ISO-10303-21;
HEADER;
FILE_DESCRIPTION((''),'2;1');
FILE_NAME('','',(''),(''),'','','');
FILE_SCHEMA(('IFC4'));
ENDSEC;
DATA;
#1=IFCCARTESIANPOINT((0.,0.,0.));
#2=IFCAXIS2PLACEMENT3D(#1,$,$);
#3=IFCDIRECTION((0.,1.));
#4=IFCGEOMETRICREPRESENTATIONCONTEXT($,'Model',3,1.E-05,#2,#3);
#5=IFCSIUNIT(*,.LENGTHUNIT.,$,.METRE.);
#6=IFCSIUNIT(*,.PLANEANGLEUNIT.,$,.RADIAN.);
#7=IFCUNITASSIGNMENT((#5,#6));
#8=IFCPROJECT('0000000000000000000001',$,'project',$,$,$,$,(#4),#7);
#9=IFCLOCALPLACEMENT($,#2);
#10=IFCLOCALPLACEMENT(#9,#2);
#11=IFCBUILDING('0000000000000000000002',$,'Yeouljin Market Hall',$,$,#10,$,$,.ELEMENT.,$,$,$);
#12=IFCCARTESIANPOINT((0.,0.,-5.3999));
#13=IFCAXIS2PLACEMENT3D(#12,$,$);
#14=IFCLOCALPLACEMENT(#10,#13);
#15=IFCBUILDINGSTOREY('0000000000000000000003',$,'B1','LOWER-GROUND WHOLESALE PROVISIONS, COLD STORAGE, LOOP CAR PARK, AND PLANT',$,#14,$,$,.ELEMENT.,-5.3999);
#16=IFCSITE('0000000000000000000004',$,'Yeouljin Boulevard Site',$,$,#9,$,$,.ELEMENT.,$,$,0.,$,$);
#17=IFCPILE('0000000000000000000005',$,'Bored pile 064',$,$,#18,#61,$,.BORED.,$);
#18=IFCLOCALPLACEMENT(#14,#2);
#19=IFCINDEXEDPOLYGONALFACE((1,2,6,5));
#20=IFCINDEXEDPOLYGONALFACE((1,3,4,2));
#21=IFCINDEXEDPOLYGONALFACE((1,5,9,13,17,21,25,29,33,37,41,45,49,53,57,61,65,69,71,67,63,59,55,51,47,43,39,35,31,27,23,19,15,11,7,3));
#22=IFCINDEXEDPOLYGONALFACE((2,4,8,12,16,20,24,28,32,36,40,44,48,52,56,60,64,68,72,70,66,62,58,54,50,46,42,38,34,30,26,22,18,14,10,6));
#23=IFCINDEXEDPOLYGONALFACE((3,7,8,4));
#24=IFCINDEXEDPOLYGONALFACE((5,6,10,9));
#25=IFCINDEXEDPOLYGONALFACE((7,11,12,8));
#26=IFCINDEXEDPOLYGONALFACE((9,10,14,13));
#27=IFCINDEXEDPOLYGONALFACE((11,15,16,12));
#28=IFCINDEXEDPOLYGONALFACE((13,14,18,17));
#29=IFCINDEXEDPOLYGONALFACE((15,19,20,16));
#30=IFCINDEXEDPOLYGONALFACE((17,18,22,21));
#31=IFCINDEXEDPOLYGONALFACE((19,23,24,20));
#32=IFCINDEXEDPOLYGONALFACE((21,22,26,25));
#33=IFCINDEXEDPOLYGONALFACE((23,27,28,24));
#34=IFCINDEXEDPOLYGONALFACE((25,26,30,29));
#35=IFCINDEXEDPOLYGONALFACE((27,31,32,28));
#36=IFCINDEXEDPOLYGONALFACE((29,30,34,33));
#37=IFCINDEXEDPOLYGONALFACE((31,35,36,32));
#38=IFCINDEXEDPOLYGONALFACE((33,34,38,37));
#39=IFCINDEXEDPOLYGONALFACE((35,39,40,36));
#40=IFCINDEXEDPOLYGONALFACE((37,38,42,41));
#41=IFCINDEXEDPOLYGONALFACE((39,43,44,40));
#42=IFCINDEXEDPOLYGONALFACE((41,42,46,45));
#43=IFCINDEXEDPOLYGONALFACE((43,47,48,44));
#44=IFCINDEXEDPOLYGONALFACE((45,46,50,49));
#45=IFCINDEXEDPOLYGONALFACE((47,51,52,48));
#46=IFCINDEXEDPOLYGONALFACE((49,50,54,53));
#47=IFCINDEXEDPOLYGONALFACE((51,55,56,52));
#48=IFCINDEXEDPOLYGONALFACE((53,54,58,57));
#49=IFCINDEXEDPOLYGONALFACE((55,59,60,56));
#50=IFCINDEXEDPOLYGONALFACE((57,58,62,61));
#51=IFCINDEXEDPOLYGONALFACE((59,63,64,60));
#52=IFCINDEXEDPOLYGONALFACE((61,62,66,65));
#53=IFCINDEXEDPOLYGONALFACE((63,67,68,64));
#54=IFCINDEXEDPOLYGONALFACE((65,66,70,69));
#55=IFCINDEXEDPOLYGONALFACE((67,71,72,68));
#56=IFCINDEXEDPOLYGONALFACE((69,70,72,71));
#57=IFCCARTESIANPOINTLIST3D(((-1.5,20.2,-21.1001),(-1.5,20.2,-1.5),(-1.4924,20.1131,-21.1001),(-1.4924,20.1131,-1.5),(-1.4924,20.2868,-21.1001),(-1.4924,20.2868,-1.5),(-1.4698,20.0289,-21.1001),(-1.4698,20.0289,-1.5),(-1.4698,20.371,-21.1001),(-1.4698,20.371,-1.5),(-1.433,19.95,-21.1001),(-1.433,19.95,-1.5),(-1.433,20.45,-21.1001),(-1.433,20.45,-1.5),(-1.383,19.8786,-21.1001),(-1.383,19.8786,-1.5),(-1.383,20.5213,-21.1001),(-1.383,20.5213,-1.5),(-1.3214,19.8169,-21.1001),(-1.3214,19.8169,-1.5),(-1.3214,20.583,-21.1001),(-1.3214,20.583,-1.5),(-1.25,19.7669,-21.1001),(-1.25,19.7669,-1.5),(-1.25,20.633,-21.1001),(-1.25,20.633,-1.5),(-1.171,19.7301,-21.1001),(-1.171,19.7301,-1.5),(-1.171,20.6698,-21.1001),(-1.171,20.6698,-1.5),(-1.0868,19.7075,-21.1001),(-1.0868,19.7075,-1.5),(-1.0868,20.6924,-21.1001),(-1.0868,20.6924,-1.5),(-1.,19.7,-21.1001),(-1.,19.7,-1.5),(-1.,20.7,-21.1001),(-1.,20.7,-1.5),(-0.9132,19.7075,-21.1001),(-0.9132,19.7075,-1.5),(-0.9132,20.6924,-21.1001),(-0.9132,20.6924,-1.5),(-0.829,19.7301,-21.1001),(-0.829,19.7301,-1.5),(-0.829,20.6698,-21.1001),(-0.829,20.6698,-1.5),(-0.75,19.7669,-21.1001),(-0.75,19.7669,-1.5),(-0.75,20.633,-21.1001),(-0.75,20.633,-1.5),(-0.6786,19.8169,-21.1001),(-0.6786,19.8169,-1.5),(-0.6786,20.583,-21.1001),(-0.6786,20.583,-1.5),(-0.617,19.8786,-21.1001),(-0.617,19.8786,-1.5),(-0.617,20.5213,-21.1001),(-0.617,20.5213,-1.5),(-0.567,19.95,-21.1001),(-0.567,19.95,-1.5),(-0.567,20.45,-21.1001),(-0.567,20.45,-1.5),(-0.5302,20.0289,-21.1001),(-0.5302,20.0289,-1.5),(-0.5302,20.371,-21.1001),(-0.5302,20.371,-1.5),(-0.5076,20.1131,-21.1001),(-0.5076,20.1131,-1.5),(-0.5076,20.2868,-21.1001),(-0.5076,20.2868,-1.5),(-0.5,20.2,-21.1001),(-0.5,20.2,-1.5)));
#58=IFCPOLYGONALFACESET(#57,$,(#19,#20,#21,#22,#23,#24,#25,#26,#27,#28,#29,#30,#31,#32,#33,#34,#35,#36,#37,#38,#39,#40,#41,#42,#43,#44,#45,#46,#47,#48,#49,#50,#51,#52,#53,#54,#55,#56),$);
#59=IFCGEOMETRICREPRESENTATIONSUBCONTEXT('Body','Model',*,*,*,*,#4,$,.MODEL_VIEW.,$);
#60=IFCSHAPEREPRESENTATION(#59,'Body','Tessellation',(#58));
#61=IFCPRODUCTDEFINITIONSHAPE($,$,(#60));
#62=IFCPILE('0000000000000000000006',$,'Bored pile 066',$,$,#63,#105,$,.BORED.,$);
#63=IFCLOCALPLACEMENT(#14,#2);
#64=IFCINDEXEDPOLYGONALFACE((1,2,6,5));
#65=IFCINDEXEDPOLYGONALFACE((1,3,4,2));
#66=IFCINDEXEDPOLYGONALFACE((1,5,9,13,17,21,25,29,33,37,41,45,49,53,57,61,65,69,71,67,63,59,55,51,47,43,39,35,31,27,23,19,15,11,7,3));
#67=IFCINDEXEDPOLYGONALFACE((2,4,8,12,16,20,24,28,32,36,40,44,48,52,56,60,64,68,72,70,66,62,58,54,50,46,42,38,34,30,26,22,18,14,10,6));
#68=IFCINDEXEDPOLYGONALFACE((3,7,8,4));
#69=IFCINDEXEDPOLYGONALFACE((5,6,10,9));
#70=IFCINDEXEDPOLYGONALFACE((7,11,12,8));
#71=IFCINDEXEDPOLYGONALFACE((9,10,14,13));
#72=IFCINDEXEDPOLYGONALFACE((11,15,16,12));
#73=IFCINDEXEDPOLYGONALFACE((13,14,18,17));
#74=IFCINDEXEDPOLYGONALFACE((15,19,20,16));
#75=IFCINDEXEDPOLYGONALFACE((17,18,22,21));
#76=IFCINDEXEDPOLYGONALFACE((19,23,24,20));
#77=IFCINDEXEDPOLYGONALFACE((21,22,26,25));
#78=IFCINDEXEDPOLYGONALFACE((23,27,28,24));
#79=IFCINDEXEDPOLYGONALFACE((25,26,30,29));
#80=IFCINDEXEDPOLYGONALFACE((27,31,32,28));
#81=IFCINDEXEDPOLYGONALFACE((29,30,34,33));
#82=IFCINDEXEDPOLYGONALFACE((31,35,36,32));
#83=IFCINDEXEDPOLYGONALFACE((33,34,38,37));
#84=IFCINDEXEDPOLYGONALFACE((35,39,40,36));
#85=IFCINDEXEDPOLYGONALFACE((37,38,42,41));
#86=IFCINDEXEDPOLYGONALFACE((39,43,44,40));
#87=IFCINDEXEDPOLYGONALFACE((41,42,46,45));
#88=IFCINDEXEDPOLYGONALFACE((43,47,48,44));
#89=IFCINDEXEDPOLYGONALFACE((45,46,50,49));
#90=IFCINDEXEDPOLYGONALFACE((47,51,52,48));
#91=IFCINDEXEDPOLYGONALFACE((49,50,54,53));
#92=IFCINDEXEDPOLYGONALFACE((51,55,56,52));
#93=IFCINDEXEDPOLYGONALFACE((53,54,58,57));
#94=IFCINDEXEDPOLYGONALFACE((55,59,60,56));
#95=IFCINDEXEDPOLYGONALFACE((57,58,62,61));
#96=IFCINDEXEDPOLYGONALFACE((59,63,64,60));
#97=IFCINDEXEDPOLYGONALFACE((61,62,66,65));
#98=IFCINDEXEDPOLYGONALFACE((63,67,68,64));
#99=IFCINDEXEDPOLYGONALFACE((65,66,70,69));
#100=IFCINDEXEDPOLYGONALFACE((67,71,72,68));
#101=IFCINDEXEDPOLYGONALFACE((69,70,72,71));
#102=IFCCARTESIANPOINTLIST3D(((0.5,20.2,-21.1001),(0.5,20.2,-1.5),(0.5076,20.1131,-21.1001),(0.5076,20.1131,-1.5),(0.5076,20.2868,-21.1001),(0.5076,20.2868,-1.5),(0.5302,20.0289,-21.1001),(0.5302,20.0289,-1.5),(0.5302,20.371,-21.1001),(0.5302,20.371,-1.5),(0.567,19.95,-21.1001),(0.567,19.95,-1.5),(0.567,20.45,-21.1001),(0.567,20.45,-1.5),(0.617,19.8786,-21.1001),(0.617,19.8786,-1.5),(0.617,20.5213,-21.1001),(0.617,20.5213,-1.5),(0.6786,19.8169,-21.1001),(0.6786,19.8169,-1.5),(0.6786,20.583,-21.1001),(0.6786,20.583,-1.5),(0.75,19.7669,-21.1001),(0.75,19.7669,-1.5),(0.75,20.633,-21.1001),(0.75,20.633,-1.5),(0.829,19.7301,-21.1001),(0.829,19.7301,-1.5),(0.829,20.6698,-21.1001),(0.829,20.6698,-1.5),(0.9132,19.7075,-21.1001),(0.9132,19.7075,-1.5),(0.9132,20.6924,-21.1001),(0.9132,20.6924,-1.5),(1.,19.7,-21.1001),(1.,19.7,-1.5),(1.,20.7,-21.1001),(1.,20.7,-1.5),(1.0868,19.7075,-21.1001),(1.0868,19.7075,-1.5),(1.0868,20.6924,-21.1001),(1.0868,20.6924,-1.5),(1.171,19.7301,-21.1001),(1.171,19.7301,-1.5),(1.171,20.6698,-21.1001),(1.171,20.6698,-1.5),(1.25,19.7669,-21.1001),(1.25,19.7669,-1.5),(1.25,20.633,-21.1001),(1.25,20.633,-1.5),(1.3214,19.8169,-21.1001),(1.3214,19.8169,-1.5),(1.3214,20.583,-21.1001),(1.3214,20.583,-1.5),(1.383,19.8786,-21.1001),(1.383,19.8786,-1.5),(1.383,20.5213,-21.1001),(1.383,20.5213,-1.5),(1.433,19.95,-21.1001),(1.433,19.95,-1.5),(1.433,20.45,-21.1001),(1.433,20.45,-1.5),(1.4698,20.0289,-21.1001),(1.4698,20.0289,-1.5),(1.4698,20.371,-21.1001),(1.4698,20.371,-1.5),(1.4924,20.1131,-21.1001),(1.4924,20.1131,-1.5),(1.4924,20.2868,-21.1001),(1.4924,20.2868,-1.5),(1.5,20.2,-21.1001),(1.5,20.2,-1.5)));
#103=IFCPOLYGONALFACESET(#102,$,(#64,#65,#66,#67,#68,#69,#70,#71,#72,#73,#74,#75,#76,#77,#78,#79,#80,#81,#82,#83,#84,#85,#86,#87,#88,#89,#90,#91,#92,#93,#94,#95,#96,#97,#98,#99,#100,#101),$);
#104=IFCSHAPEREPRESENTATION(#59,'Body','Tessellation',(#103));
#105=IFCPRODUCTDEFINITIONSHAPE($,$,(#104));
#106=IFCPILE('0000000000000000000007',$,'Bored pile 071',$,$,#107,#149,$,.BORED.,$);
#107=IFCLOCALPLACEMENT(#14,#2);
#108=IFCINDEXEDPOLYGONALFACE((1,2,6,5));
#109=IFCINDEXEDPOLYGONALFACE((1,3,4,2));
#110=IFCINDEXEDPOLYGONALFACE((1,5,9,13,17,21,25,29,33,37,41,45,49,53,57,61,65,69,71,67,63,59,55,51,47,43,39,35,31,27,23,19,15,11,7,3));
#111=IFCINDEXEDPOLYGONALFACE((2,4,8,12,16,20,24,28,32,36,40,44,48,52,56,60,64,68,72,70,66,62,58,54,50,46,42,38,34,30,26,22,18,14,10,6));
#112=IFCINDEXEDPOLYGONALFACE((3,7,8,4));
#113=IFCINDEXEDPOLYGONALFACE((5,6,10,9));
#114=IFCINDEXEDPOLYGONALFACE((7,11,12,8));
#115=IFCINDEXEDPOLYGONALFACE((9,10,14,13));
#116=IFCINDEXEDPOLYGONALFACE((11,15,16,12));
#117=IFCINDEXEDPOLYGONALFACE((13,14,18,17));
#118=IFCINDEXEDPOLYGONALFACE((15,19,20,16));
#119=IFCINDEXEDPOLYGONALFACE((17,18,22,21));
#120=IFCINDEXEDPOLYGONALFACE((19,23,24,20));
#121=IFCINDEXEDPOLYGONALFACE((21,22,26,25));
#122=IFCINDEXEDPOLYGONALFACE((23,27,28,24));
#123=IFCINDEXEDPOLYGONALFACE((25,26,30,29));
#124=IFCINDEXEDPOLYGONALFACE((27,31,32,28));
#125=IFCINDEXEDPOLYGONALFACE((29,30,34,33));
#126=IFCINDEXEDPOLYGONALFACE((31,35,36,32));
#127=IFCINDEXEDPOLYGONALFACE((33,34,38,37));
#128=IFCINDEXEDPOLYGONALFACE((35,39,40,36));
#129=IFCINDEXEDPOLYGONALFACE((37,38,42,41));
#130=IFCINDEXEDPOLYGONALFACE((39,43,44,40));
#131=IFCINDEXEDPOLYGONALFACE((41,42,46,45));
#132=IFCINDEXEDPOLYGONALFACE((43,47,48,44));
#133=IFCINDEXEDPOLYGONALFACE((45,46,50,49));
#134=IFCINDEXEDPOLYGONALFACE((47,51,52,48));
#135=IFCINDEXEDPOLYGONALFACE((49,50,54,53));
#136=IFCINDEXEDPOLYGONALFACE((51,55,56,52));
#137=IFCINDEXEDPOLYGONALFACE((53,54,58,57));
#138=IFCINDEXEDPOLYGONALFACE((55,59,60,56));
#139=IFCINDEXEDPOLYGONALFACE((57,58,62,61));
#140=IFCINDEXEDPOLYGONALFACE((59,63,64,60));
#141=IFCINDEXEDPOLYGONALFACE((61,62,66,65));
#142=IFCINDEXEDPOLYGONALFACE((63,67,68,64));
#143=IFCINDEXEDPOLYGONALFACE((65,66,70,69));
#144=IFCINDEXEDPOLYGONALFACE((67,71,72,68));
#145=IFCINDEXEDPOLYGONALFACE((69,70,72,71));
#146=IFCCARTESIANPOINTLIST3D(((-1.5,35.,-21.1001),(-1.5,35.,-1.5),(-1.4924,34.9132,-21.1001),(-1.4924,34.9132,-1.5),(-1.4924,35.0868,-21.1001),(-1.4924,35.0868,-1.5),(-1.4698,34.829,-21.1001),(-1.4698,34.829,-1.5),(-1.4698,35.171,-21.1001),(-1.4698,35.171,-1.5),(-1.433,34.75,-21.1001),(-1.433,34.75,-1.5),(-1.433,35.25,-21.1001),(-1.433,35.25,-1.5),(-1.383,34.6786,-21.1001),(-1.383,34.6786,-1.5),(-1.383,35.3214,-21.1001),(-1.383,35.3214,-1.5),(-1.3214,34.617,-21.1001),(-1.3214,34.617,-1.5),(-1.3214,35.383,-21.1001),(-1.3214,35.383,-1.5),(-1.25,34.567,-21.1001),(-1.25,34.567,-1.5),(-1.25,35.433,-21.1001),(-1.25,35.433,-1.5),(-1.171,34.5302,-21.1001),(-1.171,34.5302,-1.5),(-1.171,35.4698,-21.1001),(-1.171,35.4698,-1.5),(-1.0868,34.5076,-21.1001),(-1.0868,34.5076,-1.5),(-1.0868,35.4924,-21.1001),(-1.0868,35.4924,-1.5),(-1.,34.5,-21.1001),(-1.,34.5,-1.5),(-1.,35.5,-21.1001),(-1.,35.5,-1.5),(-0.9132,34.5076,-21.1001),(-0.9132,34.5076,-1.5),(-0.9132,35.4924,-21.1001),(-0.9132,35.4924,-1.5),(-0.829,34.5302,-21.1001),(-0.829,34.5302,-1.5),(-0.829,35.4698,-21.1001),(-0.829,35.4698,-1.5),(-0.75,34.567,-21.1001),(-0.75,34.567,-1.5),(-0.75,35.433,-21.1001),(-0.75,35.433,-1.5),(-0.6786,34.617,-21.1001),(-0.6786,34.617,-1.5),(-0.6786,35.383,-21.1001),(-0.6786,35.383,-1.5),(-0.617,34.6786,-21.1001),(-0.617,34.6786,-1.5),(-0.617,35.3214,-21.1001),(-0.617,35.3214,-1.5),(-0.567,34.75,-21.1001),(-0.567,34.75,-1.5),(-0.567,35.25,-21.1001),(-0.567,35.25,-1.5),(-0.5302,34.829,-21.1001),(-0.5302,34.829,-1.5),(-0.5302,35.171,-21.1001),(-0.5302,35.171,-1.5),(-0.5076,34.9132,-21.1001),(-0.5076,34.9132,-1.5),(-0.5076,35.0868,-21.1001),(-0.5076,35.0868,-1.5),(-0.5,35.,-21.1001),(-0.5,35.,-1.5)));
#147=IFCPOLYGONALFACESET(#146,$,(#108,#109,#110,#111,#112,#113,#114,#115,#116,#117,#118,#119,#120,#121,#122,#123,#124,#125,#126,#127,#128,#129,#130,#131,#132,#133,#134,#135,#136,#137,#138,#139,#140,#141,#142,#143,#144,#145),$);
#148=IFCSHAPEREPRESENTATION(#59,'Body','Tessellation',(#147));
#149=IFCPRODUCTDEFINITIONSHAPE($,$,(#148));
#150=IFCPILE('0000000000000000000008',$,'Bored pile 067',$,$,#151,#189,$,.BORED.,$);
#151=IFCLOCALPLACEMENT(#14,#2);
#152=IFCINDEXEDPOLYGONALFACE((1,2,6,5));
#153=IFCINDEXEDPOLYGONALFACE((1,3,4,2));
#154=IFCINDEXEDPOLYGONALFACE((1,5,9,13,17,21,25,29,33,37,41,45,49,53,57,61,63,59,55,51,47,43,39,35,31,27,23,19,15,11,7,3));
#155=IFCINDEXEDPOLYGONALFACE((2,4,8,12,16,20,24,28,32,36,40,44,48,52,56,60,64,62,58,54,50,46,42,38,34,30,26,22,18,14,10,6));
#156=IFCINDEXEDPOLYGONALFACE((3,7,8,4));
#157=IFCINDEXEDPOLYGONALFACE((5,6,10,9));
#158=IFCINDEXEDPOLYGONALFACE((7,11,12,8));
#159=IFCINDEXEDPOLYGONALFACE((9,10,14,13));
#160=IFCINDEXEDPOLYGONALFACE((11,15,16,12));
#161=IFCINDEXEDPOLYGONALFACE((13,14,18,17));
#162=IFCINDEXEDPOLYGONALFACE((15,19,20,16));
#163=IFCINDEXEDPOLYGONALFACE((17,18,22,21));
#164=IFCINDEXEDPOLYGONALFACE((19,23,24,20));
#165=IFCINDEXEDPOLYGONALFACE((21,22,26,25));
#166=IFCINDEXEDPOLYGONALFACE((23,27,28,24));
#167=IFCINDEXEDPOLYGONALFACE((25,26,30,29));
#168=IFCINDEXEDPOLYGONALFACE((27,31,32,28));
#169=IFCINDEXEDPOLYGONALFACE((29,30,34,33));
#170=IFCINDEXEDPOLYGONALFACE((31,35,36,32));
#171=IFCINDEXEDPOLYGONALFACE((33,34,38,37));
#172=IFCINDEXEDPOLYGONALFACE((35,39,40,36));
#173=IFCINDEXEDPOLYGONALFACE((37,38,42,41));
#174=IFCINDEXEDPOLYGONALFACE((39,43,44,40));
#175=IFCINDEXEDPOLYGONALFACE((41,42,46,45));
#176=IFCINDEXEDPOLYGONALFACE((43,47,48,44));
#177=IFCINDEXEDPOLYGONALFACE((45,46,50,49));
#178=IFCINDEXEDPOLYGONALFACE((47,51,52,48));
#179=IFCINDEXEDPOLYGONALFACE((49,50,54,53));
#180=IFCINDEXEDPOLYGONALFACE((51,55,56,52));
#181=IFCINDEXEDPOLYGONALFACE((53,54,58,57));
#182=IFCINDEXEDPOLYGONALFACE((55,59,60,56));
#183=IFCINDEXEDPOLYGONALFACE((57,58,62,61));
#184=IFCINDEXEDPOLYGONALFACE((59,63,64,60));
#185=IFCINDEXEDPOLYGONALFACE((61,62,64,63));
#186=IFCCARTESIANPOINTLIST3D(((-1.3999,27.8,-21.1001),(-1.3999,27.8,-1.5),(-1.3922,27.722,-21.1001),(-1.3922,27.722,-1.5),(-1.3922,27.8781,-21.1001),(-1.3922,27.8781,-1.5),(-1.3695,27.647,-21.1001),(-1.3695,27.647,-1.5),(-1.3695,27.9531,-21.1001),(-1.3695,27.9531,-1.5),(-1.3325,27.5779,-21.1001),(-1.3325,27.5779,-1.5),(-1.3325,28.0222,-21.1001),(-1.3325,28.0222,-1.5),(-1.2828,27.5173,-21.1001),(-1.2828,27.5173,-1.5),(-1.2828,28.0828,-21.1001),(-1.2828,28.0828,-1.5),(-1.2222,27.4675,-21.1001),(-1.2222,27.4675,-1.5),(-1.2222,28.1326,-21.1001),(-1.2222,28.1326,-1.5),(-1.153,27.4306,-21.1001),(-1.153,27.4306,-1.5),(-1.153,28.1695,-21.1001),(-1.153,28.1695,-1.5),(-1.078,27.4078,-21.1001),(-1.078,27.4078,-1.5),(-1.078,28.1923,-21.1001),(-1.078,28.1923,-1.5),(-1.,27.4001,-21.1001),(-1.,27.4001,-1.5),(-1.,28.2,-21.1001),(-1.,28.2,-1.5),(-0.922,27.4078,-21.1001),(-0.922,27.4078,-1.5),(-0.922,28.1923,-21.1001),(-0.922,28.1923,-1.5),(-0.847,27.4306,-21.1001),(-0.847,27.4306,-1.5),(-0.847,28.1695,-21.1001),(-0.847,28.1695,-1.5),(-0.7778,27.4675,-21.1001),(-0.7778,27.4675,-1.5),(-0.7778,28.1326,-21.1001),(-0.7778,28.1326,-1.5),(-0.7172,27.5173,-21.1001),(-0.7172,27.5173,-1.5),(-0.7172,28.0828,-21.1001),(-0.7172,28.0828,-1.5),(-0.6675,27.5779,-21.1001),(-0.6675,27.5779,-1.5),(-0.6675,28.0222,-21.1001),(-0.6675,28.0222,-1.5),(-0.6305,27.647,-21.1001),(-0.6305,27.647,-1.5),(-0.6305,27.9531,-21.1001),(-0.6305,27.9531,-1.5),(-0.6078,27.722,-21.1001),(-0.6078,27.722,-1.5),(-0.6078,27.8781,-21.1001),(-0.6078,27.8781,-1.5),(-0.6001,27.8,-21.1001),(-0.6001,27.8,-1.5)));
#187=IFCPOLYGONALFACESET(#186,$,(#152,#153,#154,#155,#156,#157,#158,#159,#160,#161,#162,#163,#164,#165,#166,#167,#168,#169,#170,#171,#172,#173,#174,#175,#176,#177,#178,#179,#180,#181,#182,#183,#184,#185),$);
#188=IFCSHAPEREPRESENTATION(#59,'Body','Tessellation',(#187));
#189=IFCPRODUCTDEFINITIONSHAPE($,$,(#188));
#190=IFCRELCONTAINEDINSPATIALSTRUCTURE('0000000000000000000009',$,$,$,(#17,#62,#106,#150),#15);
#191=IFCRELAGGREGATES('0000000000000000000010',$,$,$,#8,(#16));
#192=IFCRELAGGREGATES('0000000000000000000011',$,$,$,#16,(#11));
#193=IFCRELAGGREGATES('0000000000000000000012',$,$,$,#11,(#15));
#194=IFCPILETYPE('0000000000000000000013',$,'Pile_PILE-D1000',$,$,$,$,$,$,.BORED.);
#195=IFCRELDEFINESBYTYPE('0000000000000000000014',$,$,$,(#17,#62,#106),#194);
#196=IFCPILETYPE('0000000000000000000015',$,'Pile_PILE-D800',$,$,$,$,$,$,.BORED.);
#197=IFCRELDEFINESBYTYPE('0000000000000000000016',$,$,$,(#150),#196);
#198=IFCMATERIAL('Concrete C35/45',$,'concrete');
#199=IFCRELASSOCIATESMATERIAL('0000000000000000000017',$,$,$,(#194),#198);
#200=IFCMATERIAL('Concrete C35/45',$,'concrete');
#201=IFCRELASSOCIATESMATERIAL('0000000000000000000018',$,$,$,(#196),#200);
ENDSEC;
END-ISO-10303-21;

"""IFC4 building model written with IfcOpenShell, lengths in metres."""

from ifc_helpers import new_model, si_unit, direction, frame, origin, origin_2d, place, context, subcontext, project, spatial, circle, extrude, material, material_profile, profile_set, type_object, element, save


model = new_model("IFC4")

# Units and contexts
model_context = context("Model", 3, precision=1e-05, world=origin(), true_north=direction((0.0, 1.0)))
body_context = subcontext(model_context, "Body", "Model", "MODEL_VIEW")
ifc_project = project(units=[si_unit("LENGTHUNIT", "METRE"), si_unit("PLANEANGLEUNIT", "RADIAN")], contexts=[model_context])

# Site, building, storey
site_placement = place(None, origin())
site = spatial("IfcSite", under=ifc_project, at=site_placement, Name="Yeouljin Boulevard Site", CompositionType="ELEMENT", RefElevation=0.0)
building_placement = place(site_placement, origin())
building = spatial("IfcBuilding", under=site, at=building_placement, Name="Yeouljin Market Hall", CompositionType="ELEMENT")
storey_placement = place(building_placement, frame((0.0, 0.0, -5.3999)))
storey = spatial("IfcBuildingStorey", under=building, at=storey_placement, Name="B1", Description="LOWER-GROUND WHOLESALE PROVISIONS, COLD STORAGE, LOOP CAR PARK, AND PLANT", CompositionType="ELEMENT", Elevation=-5.3999)

# Piles
ifc_material_1 = material(Name="Concrete C35/45", Category="concrete")
ifc_material_profile_1 = material_profile(ifc_material_1, circle(Radius=0.5, at=origin_2d()), Name="PILE-D1000")
ifc_profile_set_1 = profile_set([ifc_material_profile_1], Name="Concrete C35/45")
pile_type_1 = type_object("IfcPileType", Name="Pile_PILE-D1000", PredefinedType="BORED", material=ifc_profile_set_1)
for number, where, z_axis, x_axis, name in (
    (1, (-1.0, 20.2, -1.5), (0.0, 0.0, -1.0), (1.0, 0.0, 0.0), "Bored pile 064"),
    (2, (1.0, 20.2, -1.5), (0.0, 0.0, -1.0), (1.0, 0.0, 0.0), "Bored pile 066"),
    (3, (-1.0, 35.0, -1.5), (0.0, 0.0, -1.0), (1.0, 0.0, 0.0), "Bored pile 071"),
):
    element("IfcPile", number, at=place(storey_placement, frame(where, z_axis=z_axis, x_axis=x_axis)), inside=storey, type_object=pile_type_1, Name=name, PredefinedType="BORED", context=body_context, shape_type="SweptSolid", body=[
        extrude(circle(Radius=0.5, at=origin_2d()), origin(), (0.0, 0.0, 1.0), 19.6001),
    ])
ifc_material_2 = material(Name="Concrete C35/45", Category="concrete")
ifc_material_profile_2 = material_profile(ifc_material_2, circle(Radius=0.3999, at=origin_2d()), Name="PILE-D800")
ifc_profile_set_2 = profile_set([ifc_material_profile_2], Name="Concrete C35/45")
pile_type_2 = type_object("IfcPileType", Name="Pile_PILE-D800", PredefinedType="BORED", material=ifc_profile_set_2)
for number, where, z_axis, x_axis, name in (
    (4, (-1.0, 27.8, -1.5), (0.0, 0.0, -1.0), (1.0, 0.0, 0.0), "Bored pile 067"),
):
    element("IfcPile", number, at=place(storey_placement, frame(where, z_axis=z_axis, x_axis=x_axis)), inside=storey, type_object=pile_type_2, Name=name, PredefinedType="BORED", context=body_context, shape_type="SweptSolid", body=[
        extrude(circle(Radius=0.3999, at=origin_2d()), origin(), (0.0, 0.0, 1.0), 19.6001),
    ])

save(model, "model.ifc")
